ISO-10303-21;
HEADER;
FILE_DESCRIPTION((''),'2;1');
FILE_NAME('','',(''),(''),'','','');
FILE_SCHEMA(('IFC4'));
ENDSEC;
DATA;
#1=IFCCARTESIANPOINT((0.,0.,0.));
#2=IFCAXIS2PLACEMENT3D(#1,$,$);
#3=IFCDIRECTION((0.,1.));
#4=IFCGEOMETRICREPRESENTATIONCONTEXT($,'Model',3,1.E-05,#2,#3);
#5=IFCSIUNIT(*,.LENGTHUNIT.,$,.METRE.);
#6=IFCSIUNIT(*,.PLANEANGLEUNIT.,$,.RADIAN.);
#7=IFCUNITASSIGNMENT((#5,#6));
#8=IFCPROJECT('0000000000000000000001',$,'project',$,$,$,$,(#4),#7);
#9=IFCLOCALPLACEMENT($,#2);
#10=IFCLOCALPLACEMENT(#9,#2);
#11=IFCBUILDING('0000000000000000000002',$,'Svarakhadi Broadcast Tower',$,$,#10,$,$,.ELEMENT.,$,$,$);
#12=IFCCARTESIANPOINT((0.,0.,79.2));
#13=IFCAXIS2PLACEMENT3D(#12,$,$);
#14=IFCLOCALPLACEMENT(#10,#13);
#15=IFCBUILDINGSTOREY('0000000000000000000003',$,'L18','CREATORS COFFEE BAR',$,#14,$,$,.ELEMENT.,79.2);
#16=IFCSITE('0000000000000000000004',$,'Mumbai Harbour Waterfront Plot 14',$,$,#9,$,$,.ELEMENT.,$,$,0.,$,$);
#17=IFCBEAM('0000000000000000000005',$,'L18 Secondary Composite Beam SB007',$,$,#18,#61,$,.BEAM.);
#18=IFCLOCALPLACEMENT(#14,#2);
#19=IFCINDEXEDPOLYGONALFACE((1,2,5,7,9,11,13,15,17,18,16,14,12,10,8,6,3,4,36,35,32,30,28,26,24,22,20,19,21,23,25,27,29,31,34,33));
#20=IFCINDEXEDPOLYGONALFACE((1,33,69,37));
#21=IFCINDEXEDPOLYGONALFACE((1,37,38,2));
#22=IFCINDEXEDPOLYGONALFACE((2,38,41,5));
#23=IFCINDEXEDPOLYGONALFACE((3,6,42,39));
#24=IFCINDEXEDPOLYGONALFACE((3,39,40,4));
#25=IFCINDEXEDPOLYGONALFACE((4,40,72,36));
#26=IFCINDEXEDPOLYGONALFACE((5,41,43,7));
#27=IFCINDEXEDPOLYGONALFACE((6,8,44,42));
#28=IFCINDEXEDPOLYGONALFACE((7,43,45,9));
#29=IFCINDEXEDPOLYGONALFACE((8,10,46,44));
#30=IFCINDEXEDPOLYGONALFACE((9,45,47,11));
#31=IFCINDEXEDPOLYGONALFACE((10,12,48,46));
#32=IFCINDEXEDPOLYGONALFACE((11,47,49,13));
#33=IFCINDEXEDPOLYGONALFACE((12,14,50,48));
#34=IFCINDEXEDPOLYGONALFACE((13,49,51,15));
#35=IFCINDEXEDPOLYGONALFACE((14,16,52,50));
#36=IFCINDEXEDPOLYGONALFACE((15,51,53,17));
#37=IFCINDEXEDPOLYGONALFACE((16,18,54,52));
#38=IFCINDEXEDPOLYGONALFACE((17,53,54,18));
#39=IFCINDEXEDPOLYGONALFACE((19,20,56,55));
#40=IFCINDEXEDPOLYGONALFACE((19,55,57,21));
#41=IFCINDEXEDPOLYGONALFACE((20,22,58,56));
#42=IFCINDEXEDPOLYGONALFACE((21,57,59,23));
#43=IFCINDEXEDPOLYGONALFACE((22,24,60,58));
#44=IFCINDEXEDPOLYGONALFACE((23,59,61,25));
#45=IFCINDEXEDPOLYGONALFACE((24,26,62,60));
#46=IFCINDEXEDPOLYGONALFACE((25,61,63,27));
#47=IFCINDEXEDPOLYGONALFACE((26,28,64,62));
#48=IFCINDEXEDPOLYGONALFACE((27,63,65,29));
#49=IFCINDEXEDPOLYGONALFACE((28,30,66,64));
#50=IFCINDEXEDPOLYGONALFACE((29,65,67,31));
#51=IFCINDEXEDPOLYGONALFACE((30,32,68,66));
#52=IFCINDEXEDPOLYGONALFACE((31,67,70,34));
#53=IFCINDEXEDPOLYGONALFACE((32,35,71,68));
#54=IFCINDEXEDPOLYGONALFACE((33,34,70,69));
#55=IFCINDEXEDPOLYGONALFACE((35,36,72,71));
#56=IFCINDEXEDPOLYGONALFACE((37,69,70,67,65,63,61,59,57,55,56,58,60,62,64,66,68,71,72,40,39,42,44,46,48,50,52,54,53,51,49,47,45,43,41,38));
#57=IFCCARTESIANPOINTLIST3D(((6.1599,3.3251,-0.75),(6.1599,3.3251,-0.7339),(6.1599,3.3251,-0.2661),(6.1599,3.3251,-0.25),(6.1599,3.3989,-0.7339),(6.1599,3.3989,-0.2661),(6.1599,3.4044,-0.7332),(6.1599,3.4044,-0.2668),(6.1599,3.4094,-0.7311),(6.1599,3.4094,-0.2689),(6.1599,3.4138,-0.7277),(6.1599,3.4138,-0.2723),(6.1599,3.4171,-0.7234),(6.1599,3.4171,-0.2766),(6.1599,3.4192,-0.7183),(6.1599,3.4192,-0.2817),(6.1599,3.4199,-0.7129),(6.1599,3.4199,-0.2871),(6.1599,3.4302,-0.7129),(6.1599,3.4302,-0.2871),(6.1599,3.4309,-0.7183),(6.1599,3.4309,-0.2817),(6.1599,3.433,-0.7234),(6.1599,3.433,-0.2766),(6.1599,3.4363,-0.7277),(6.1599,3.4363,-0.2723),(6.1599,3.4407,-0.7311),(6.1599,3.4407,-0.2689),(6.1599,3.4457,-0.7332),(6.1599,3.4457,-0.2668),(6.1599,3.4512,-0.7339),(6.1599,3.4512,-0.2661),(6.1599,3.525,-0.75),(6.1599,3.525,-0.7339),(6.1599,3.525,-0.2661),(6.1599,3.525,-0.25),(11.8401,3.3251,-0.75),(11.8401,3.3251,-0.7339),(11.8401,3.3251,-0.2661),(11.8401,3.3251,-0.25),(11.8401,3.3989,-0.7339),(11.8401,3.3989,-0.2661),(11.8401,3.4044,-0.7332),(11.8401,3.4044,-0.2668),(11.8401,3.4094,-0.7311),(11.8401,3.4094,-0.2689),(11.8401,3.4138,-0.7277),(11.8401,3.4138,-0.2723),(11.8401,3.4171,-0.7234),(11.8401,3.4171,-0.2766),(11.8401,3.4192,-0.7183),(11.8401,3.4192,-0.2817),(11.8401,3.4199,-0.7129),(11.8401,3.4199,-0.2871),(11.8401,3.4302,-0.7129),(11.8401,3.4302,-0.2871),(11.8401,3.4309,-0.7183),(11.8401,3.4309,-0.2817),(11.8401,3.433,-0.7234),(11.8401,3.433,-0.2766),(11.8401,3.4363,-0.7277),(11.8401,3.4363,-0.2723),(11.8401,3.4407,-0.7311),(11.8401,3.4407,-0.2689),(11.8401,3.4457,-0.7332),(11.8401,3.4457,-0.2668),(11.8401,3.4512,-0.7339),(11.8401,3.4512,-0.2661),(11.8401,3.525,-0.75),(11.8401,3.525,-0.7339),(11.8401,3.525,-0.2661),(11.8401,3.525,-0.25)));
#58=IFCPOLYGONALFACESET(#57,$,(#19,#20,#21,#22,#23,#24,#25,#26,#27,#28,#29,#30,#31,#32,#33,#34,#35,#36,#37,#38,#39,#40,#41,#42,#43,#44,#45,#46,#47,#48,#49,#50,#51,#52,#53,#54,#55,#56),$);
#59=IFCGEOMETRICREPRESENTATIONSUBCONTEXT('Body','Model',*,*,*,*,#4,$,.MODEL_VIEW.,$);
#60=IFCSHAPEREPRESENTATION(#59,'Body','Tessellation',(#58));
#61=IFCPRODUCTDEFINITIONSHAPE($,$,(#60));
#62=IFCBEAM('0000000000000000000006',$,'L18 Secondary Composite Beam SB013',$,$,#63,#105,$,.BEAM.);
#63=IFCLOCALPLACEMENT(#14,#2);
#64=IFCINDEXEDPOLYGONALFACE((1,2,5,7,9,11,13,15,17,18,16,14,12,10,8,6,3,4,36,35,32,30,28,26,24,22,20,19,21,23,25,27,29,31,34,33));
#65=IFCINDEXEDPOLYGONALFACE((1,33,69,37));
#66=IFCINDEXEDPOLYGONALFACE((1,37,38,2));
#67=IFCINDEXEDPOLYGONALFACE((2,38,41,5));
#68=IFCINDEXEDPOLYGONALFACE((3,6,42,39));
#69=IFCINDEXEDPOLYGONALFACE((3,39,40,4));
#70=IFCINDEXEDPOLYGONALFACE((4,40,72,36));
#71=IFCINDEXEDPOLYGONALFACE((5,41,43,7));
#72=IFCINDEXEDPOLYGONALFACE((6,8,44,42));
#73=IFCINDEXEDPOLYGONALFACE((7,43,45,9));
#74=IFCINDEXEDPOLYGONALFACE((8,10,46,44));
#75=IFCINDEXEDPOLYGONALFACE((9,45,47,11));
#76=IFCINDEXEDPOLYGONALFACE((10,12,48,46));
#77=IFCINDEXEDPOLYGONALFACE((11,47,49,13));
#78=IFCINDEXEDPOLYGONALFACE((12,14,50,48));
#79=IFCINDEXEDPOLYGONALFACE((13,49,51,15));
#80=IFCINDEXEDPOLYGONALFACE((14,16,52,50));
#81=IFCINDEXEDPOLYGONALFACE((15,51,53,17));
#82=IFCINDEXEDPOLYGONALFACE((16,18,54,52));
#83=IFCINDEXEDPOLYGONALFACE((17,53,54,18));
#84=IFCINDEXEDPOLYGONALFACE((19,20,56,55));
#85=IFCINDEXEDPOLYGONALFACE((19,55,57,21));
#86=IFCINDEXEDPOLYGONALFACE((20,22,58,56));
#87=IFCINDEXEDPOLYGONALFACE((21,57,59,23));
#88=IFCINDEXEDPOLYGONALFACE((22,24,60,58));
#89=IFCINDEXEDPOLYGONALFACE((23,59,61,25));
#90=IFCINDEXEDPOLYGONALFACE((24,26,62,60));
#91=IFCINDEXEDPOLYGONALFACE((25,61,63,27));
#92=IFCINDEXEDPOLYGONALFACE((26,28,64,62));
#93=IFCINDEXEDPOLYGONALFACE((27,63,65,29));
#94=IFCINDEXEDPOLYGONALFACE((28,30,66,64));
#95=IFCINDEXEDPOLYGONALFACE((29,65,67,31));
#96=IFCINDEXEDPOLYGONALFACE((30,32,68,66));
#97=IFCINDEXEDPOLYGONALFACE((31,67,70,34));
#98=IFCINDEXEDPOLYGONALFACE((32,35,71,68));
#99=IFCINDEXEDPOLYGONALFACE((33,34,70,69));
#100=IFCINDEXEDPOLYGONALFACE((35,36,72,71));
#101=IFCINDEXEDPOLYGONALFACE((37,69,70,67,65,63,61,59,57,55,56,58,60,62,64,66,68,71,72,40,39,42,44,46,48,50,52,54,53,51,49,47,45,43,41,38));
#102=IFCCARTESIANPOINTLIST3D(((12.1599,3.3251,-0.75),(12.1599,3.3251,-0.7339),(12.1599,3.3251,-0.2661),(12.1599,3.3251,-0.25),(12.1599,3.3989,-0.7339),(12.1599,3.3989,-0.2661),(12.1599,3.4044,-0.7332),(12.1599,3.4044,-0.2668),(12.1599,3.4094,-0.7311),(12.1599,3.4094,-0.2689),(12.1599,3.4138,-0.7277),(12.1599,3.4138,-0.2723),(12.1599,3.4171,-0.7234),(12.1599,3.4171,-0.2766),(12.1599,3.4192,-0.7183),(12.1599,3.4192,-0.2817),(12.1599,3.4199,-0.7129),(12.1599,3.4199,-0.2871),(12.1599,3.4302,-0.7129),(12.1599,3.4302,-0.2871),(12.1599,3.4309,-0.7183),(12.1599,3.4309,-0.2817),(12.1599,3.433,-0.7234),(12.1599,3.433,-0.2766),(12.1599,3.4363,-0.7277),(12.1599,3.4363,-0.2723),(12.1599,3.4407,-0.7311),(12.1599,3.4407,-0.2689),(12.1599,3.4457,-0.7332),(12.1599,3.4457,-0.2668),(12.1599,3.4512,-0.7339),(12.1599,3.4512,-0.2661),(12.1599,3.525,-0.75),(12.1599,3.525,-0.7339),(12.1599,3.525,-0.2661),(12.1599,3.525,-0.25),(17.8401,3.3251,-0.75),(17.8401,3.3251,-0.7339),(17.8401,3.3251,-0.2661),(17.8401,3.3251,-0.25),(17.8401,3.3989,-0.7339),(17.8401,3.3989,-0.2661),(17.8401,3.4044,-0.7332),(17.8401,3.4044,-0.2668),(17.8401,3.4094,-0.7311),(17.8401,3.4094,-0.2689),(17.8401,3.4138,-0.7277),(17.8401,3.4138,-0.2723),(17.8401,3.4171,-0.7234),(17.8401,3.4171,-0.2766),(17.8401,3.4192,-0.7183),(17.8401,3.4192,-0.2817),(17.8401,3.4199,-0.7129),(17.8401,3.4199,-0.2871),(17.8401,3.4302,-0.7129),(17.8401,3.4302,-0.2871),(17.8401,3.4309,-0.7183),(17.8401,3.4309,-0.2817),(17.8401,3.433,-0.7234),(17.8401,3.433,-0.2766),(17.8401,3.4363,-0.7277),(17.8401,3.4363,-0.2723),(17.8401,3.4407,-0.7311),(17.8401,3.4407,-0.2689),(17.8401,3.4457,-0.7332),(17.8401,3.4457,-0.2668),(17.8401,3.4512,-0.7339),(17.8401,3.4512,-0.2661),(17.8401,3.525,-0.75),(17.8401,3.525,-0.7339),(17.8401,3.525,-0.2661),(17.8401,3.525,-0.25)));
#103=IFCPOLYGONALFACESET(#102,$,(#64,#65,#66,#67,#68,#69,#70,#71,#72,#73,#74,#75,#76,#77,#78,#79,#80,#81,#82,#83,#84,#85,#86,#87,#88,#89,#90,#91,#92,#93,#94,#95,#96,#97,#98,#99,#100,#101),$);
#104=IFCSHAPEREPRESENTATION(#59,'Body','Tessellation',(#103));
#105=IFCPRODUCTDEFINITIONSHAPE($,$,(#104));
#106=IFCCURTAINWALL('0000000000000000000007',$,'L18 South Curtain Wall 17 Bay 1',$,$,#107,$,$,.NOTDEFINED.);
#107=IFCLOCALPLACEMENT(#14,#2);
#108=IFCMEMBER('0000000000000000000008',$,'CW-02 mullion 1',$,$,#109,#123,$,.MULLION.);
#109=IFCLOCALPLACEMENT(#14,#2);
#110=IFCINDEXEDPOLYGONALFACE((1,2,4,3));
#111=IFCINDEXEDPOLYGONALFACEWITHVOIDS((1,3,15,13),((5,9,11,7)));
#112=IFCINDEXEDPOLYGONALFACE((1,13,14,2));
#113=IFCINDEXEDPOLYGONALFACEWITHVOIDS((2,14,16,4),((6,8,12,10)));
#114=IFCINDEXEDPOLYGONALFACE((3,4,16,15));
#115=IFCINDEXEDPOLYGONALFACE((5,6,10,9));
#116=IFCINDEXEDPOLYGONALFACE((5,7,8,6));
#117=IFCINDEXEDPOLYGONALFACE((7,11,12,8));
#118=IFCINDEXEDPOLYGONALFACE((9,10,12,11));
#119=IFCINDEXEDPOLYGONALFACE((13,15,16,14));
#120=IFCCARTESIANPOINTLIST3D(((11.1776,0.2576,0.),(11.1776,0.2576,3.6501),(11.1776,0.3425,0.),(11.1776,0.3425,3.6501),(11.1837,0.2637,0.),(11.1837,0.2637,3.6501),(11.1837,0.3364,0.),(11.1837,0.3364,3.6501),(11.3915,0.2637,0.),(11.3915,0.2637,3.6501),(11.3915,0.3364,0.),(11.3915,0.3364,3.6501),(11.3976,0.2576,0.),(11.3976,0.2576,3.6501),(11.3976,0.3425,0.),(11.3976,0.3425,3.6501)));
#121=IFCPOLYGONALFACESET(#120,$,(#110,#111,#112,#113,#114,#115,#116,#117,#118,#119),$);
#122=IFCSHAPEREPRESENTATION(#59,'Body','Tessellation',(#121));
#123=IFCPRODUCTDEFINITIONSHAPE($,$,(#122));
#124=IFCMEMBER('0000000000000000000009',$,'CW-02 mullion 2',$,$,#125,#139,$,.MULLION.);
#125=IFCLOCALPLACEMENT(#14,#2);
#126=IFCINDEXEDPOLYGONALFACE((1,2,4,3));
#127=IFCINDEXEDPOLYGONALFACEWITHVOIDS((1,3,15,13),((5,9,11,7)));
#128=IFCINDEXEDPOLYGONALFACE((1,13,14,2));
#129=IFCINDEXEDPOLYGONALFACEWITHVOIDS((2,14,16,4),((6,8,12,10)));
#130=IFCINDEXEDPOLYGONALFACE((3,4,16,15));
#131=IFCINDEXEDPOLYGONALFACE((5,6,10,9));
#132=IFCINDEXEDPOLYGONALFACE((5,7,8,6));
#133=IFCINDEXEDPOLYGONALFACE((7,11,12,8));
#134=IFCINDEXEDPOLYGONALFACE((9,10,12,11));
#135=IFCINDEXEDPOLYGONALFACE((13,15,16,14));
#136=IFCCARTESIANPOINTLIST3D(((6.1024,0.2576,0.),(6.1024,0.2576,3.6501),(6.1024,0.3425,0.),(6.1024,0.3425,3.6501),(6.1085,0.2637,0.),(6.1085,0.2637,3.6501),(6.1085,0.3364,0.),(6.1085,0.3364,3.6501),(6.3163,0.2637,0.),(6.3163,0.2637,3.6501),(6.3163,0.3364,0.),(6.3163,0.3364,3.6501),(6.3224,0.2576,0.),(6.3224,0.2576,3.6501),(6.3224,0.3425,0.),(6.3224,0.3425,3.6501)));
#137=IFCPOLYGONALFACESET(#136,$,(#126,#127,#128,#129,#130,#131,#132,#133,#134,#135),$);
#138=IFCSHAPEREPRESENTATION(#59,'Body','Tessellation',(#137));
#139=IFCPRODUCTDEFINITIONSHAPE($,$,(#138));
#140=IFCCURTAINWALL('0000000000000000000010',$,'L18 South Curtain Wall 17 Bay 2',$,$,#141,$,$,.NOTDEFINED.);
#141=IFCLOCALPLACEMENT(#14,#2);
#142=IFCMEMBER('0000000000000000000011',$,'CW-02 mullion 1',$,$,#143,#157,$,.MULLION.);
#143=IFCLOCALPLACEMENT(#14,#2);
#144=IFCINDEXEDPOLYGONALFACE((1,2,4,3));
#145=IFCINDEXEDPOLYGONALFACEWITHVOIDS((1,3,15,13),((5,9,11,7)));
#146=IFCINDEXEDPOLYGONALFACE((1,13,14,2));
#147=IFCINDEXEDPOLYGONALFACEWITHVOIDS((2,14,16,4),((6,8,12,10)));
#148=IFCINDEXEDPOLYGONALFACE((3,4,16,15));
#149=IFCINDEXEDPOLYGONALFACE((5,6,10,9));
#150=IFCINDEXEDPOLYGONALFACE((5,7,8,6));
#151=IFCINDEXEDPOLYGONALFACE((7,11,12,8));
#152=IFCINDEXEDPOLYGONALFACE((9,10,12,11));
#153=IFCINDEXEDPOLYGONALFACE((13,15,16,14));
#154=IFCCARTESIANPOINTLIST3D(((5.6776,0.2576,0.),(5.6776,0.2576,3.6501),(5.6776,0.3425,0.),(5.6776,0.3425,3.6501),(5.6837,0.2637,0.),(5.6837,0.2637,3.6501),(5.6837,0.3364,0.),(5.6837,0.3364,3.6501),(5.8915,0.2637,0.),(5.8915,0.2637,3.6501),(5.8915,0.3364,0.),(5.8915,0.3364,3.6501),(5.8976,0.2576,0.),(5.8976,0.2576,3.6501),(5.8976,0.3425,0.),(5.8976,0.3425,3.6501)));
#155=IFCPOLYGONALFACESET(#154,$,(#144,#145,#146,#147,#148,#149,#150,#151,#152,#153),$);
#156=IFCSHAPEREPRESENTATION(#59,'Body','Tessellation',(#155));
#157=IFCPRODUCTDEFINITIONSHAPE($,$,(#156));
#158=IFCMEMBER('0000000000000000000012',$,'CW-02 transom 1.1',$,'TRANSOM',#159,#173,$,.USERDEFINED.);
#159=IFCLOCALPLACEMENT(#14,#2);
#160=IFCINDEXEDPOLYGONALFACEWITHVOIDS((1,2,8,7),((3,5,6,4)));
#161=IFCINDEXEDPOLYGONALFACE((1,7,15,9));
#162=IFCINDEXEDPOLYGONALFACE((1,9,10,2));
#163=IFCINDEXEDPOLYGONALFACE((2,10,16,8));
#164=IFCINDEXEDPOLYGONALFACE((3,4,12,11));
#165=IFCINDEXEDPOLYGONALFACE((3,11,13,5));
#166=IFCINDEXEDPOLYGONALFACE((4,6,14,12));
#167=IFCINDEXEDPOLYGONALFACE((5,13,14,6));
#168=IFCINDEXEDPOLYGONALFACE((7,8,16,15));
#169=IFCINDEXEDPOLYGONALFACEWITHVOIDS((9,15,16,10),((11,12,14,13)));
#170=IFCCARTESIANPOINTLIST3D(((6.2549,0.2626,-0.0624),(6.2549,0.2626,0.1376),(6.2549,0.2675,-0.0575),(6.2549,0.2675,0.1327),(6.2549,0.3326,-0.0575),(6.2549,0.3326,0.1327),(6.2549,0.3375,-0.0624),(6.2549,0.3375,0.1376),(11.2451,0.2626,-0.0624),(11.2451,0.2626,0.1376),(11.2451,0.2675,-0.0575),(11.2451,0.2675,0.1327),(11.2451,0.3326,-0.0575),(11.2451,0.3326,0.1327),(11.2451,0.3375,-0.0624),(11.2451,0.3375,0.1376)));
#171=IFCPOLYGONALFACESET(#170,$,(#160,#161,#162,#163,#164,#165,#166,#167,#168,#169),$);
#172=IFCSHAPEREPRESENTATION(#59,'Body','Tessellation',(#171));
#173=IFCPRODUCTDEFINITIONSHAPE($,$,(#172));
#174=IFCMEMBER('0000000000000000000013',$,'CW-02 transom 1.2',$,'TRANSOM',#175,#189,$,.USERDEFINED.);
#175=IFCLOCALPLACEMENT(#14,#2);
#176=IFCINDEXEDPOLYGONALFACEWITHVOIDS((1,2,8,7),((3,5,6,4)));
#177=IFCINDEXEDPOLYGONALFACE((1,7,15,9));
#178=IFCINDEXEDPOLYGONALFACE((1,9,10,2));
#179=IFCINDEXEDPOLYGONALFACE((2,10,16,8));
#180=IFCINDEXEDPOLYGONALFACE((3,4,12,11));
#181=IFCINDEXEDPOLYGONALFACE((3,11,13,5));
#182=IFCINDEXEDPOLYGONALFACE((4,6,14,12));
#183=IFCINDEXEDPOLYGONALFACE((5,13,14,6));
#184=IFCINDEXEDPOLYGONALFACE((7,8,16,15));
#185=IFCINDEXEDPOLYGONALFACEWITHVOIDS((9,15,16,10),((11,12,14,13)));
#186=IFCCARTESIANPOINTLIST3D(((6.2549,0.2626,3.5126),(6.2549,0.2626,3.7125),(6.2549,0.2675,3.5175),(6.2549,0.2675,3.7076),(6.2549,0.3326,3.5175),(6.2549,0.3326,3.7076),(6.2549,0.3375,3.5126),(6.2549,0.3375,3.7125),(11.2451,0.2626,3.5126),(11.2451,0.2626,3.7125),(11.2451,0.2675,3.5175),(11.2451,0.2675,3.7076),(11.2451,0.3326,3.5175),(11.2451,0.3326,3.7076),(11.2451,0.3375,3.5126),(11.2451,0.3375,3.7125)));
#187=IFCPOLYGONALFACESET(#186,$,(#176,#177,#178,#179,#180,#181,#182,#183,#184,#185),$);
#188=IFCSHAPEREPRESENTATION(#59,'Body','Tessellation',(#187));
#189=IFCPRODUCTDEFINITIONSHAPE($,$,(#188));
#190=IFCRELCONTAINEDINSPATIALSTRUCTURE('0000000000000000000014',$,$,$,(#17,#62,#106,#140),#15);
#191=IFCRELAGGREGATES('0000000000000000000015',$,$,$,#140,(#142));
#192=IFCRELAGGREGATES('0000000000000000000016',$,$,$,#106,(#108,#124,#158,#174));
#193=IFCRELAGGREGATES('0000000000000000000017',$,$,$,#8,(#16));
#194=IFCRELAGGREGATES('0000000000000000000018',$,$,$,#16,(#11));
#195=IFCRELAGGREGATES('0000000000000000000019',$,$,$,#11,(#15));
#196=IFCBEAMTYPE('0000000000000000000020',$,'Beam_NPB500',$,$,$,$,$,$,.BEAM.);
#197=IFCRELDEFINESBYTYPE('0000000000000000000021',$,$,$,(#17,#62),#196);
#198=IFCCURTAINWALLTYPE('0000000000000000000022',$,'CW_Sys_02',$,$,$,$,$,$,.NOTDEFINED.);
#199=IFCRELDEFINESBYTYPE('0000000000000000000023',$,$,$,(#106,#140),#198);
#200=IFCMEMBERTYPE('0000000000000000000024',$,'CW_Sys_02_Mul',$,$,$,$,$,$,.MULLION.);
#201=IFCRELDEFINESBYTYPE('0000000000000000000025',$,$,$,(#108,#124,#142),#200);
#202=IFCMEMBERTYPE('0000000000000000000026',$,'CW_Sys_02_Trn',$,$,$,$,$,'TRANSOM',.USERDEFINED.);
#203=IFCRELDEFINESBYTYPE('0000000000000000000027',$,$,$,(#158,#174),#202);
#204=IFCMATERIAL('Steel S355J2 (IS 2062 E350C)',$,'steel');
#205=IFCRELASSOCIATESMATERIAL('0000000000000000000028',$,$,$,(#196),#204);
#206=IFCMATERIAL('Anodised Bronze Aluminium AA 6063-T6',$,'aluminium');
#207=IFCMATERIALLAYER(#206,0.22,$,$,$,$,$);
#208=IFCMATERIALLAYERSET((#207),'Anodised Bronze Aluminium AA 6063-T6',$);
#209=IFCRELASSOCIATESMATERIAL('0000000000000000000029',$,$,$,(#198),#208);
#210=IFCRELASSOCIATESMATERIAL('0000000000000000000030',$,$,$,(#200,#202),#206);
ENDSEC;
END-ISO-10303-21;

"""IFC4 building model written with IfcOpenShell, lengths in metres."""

from ifc_helpers import new_model, si_unit, direction, frame, origin, origin_2d, place, context, subcontext, project, spatial, hollow_rectangle, i_section, extrude, material, layer, layer_set, material_profile, profile_set, type_object, element, aggregate, save


model = new_model("IFC4")

# Units and contexts
model_context = context("Model", 3, precision=1e-05, world=origin(), true_north=direction((0.0, 1.0)))
body_context = subcontext(model_context, "Body", "Model", "MODEL_VIEW")
ifc_project = project(units=[si_unit("LENGTHUNIT", "METRE"), si_unit("PLANEANGLEUNIT", "RADIAN")], contexts=[model_context])

# Site, building, storey
site_placement = place(None, origin())
site = spatial("IfcSite", under=ifc_project, at=site_placement, Name="Mumbai Harbour Waterfront Plot 14", CompositionType="ELEMENT", RefElevation=0.0)
building_placement = place(site_placement, origin())
building = spatial("IfcBuilding", under=site, at=building_placement, Name="Svarakhadi Broadcast Tower", CompositionType="ELEMENT")
storey_placement = place(building_placement, frame((0.0, 0.0, 79.2)))
storey = spatial("IfcBuildingStorey", under=building, at=storey_placement, Name="L18", Description="CREATORS COFFEE BAR", CompositionType="ELEMENT", Elevation=79.2)

# Beams
ifc_material_1 = material(Name="Steel S355J2 (IS 2062 E350C)", Category="steel")
ifc_material_profile_1 = material_profile(ifc_material_1, i_section(OverallWidth=0.2, OverallDepth=0.5, WebThickness=0.0103, FlangeThickness=0.0161, FilletRadius=0.021, at=origin_2d()), Name="NPB 500x200x91")
ifc_profile_set_1 = profile_set([ifc_material_profile_1], Name="Steel S355J2 (IS 2062 E350C)")
beam_type_1 = type_object("IfcBeamType", Name="Beam_NPB500", PredefinedType="BEAM", material=ifc_profile_set_1)
for number, where, z_axis, x_axis, name in (
    (1, (6.1599, 3.425, -0.5), (1.0, 0.0, 0.0), (0.0, 1.0, 0.0), "L18 Secondary Composite Beam SB007"),
    (2, (12.1599, 3.425, -0.5), (1.0, 0.0, 0.0), (0.0, 1.0, 0.0), "L18 Secondary Composite Beam SB013"),
):
    element("IfcBeam", number, at=place(storey_placement, frame(where, z_axis=z_axis, x_axis=x_axis)), inside=storey, type_object=beam_type_1, Name=name, PredefinedType="BEAM", context=body_context, shape_type="SweptSolid", body=[
        extrude(i_section(OverallWidth=0.2, OverallDepth=0.5, WebThickness=0.0103, FlangeThickness=0.0161, FilletRadius=0.021, at=origin_2d()), origin(), (0.0, 0.0, 1.0), 5.6802),
    ])

# Curtain wall, members
ifc_material_2 = material(Name="Anodised Bronze Aluminium AA 6063-T6", Category="aluminium")
ifc_layer_1 = layer(ifc_material_2, 0.22)
ifc_layer_set_1 = layer_set([ifc_layer_1], Name="Anodised Bronze Aluminium AA 6063-T6")
curtain_wall_type = type_object("IfcCurtainWallType", Name="CW_Sys_02", PredefinedType="NOTDEFINED", material=ifc_layer_set_1)
curtain_wall_1_placement = place(storey_placement, origin())
curtain_wall_1 = element("IfcCurtainWall", 3, at=curtain_wall_1_placement, inside=storey, type_object=curtain_wall_type, Name="L18 South Curtain Wall 17 Bay 1", PredefinedType="NOTDEFINED")
ifc_material_profile_2 = material_profile(ifc_material_2, hollow_rectangle(XDim=0.085, YDim=0.22, WallThickness=0.0061, at=origin_2d()), Name="ALU MULLION 220x85x6")
ifc_profile_set_2 = profile_set([ifc_material_profile_2], Name="Anodised Bronze Aluminium AA 6063-T6")
member_type_1 = type_object("IfcMemberType", Name="CW_Sys_02_Mul", PredefinedType="MULLION", material=ifc_profile_set_2)
member_1_placement = place(storey_placement, frame((11.2876, 0.3, 0.0), z_axis=(0.0, 0.0, 1.0), x_axis=(0.0, -1.0, 0.0)))
member_1 = element("IfcMember", 4, at=member_1_placement, type_object=member_type_1, Name="CW-02 mullion 1", PredefinedType="MULLION", context=body_context, shape_type="SweptSolid", body=[
    extrude(hollow_rectangle(XDim=0.085, YDim=0.22, WallThickness=0.0061, at=origin_2d()), origin(), (0.0, 0.0, 1.0), 3.6501),
])
member_2_placement = place(storey_placement, frame((6.2124, 0.3, 0.0), z_axis=(0.0, 0.0, 1.0), x_axis=(0.0, -1.0, 0.0)))
member_2 = element("IfcMember", 5, at=member_2_placement, type_object=member_type_1, Name="CW-02 mullion 2", PredefinedType="MULLION", context=body_context, shape_type="SweptSolid", body=[
    extrude(hollow_rectangle(XDim=0.085, YDim=0.22, WallThickness=0.0061, at=origin_2d()), origin(), (0.0, 0.0, 1.0), 3.6501),
])

# Curtain wall, member
curtain_wall_2_placement = place(storey_placement, origin())
curtain_wall_2 = element("IfcCurtainWall", 6, at=curtain_wall_2_placement, inside=storey, type_object=curtain_wall_type, Name="L18 South Curtain Wall 17 Bay 2", PredefinedType="NOTDEFINED")
member_3_placement = place(storey_placement, frame((5.7876, 0.3, 0.0), z_axis=(0.0, 0.0, 1.0), x_axis=(0.0, -1.0, 0.0)))
member_3 = element("IfcMember", 7, at=member_3_placement, type_object=member_type_1, Name="CW-02 mullion 1", PredefinedType="MULLION", context=body_context, shape_type="SweptSolid", body=[
    extrude(hollow_rectangle(XDim=0.085, YDim=0.22, WallThickness=0.0061, at=origin_2d()), origin(), (0.0, 0.0, 1.0), 3.6501),
])
aggregate(curtain_wall_2, [member_3])

# Members
ifc_material_profile_3 = material_profile(ifc_material_2, hollow_rectangle(XDim=0.075, YDim=0.2, WallThickness=0.0049, at=origin_2d()), Name="ALU TRANSOM 200x75x5")
ifc_profile_set_3 = profile_set([ifc_material_profile_3], Name="Anodised Bronze Aluminium AA 6063-T6")
member_type_2 = type_object("IfcMemberType", Name="CW_Sys_02_Trn", ElementType="TRANSOM", PredefinedType="USERDEFINED", material=ifc_profile_set_3)
member_4_placement = place(storey_placement, frame((11.2451, 0.3, 0.0376), z_axis=(-1.0, 0.0, 0.0), x_axis=(0.0, -1.0, 0.0)))
member_4 = element("IfcMember", 8, at=member_4_placement, type_object=member_type_2, Name="CW-02 transom 1.1", ObjectType="TRANSOM", PredefinedType="USERDEFINED", context=body_context, shape_type="SweptSolid", body=[
    extrude(hollow_rectangle(XDim=0.075, YDim=0.2, WallThickness=0.0049, at=origin_2d()), origin(), (0.0, 0.0, 1.0), 4.9902),
])
member_5_placement = place(storey_placement, frame((11.2451, 0.3, 3.6125), z_axis=(-1.0, 0.0, 0.0), x_axis=(0.0, -1.0, 0.0)))
member_5 = element("IfcMember", 9, at=member_5_placement, type_object=member_type_2, Name="CW-02 transom 1.2", ObjectType="TRANSOM", PredefinedType="USERDEFINED", context=body_context, shape_type="SweptSolid", body=[
    extrude(hollow_rectangle(XDim=0.075, YDim=0.2, WallThickness=0.0049, at=origin_2d()), origin(), (0.0, 0.0, 1.0), 4.9902),
])

aggregate(curtain_wall_1, [member_1, member_2, member_4, member_5])

save(model, "model.ifc")
